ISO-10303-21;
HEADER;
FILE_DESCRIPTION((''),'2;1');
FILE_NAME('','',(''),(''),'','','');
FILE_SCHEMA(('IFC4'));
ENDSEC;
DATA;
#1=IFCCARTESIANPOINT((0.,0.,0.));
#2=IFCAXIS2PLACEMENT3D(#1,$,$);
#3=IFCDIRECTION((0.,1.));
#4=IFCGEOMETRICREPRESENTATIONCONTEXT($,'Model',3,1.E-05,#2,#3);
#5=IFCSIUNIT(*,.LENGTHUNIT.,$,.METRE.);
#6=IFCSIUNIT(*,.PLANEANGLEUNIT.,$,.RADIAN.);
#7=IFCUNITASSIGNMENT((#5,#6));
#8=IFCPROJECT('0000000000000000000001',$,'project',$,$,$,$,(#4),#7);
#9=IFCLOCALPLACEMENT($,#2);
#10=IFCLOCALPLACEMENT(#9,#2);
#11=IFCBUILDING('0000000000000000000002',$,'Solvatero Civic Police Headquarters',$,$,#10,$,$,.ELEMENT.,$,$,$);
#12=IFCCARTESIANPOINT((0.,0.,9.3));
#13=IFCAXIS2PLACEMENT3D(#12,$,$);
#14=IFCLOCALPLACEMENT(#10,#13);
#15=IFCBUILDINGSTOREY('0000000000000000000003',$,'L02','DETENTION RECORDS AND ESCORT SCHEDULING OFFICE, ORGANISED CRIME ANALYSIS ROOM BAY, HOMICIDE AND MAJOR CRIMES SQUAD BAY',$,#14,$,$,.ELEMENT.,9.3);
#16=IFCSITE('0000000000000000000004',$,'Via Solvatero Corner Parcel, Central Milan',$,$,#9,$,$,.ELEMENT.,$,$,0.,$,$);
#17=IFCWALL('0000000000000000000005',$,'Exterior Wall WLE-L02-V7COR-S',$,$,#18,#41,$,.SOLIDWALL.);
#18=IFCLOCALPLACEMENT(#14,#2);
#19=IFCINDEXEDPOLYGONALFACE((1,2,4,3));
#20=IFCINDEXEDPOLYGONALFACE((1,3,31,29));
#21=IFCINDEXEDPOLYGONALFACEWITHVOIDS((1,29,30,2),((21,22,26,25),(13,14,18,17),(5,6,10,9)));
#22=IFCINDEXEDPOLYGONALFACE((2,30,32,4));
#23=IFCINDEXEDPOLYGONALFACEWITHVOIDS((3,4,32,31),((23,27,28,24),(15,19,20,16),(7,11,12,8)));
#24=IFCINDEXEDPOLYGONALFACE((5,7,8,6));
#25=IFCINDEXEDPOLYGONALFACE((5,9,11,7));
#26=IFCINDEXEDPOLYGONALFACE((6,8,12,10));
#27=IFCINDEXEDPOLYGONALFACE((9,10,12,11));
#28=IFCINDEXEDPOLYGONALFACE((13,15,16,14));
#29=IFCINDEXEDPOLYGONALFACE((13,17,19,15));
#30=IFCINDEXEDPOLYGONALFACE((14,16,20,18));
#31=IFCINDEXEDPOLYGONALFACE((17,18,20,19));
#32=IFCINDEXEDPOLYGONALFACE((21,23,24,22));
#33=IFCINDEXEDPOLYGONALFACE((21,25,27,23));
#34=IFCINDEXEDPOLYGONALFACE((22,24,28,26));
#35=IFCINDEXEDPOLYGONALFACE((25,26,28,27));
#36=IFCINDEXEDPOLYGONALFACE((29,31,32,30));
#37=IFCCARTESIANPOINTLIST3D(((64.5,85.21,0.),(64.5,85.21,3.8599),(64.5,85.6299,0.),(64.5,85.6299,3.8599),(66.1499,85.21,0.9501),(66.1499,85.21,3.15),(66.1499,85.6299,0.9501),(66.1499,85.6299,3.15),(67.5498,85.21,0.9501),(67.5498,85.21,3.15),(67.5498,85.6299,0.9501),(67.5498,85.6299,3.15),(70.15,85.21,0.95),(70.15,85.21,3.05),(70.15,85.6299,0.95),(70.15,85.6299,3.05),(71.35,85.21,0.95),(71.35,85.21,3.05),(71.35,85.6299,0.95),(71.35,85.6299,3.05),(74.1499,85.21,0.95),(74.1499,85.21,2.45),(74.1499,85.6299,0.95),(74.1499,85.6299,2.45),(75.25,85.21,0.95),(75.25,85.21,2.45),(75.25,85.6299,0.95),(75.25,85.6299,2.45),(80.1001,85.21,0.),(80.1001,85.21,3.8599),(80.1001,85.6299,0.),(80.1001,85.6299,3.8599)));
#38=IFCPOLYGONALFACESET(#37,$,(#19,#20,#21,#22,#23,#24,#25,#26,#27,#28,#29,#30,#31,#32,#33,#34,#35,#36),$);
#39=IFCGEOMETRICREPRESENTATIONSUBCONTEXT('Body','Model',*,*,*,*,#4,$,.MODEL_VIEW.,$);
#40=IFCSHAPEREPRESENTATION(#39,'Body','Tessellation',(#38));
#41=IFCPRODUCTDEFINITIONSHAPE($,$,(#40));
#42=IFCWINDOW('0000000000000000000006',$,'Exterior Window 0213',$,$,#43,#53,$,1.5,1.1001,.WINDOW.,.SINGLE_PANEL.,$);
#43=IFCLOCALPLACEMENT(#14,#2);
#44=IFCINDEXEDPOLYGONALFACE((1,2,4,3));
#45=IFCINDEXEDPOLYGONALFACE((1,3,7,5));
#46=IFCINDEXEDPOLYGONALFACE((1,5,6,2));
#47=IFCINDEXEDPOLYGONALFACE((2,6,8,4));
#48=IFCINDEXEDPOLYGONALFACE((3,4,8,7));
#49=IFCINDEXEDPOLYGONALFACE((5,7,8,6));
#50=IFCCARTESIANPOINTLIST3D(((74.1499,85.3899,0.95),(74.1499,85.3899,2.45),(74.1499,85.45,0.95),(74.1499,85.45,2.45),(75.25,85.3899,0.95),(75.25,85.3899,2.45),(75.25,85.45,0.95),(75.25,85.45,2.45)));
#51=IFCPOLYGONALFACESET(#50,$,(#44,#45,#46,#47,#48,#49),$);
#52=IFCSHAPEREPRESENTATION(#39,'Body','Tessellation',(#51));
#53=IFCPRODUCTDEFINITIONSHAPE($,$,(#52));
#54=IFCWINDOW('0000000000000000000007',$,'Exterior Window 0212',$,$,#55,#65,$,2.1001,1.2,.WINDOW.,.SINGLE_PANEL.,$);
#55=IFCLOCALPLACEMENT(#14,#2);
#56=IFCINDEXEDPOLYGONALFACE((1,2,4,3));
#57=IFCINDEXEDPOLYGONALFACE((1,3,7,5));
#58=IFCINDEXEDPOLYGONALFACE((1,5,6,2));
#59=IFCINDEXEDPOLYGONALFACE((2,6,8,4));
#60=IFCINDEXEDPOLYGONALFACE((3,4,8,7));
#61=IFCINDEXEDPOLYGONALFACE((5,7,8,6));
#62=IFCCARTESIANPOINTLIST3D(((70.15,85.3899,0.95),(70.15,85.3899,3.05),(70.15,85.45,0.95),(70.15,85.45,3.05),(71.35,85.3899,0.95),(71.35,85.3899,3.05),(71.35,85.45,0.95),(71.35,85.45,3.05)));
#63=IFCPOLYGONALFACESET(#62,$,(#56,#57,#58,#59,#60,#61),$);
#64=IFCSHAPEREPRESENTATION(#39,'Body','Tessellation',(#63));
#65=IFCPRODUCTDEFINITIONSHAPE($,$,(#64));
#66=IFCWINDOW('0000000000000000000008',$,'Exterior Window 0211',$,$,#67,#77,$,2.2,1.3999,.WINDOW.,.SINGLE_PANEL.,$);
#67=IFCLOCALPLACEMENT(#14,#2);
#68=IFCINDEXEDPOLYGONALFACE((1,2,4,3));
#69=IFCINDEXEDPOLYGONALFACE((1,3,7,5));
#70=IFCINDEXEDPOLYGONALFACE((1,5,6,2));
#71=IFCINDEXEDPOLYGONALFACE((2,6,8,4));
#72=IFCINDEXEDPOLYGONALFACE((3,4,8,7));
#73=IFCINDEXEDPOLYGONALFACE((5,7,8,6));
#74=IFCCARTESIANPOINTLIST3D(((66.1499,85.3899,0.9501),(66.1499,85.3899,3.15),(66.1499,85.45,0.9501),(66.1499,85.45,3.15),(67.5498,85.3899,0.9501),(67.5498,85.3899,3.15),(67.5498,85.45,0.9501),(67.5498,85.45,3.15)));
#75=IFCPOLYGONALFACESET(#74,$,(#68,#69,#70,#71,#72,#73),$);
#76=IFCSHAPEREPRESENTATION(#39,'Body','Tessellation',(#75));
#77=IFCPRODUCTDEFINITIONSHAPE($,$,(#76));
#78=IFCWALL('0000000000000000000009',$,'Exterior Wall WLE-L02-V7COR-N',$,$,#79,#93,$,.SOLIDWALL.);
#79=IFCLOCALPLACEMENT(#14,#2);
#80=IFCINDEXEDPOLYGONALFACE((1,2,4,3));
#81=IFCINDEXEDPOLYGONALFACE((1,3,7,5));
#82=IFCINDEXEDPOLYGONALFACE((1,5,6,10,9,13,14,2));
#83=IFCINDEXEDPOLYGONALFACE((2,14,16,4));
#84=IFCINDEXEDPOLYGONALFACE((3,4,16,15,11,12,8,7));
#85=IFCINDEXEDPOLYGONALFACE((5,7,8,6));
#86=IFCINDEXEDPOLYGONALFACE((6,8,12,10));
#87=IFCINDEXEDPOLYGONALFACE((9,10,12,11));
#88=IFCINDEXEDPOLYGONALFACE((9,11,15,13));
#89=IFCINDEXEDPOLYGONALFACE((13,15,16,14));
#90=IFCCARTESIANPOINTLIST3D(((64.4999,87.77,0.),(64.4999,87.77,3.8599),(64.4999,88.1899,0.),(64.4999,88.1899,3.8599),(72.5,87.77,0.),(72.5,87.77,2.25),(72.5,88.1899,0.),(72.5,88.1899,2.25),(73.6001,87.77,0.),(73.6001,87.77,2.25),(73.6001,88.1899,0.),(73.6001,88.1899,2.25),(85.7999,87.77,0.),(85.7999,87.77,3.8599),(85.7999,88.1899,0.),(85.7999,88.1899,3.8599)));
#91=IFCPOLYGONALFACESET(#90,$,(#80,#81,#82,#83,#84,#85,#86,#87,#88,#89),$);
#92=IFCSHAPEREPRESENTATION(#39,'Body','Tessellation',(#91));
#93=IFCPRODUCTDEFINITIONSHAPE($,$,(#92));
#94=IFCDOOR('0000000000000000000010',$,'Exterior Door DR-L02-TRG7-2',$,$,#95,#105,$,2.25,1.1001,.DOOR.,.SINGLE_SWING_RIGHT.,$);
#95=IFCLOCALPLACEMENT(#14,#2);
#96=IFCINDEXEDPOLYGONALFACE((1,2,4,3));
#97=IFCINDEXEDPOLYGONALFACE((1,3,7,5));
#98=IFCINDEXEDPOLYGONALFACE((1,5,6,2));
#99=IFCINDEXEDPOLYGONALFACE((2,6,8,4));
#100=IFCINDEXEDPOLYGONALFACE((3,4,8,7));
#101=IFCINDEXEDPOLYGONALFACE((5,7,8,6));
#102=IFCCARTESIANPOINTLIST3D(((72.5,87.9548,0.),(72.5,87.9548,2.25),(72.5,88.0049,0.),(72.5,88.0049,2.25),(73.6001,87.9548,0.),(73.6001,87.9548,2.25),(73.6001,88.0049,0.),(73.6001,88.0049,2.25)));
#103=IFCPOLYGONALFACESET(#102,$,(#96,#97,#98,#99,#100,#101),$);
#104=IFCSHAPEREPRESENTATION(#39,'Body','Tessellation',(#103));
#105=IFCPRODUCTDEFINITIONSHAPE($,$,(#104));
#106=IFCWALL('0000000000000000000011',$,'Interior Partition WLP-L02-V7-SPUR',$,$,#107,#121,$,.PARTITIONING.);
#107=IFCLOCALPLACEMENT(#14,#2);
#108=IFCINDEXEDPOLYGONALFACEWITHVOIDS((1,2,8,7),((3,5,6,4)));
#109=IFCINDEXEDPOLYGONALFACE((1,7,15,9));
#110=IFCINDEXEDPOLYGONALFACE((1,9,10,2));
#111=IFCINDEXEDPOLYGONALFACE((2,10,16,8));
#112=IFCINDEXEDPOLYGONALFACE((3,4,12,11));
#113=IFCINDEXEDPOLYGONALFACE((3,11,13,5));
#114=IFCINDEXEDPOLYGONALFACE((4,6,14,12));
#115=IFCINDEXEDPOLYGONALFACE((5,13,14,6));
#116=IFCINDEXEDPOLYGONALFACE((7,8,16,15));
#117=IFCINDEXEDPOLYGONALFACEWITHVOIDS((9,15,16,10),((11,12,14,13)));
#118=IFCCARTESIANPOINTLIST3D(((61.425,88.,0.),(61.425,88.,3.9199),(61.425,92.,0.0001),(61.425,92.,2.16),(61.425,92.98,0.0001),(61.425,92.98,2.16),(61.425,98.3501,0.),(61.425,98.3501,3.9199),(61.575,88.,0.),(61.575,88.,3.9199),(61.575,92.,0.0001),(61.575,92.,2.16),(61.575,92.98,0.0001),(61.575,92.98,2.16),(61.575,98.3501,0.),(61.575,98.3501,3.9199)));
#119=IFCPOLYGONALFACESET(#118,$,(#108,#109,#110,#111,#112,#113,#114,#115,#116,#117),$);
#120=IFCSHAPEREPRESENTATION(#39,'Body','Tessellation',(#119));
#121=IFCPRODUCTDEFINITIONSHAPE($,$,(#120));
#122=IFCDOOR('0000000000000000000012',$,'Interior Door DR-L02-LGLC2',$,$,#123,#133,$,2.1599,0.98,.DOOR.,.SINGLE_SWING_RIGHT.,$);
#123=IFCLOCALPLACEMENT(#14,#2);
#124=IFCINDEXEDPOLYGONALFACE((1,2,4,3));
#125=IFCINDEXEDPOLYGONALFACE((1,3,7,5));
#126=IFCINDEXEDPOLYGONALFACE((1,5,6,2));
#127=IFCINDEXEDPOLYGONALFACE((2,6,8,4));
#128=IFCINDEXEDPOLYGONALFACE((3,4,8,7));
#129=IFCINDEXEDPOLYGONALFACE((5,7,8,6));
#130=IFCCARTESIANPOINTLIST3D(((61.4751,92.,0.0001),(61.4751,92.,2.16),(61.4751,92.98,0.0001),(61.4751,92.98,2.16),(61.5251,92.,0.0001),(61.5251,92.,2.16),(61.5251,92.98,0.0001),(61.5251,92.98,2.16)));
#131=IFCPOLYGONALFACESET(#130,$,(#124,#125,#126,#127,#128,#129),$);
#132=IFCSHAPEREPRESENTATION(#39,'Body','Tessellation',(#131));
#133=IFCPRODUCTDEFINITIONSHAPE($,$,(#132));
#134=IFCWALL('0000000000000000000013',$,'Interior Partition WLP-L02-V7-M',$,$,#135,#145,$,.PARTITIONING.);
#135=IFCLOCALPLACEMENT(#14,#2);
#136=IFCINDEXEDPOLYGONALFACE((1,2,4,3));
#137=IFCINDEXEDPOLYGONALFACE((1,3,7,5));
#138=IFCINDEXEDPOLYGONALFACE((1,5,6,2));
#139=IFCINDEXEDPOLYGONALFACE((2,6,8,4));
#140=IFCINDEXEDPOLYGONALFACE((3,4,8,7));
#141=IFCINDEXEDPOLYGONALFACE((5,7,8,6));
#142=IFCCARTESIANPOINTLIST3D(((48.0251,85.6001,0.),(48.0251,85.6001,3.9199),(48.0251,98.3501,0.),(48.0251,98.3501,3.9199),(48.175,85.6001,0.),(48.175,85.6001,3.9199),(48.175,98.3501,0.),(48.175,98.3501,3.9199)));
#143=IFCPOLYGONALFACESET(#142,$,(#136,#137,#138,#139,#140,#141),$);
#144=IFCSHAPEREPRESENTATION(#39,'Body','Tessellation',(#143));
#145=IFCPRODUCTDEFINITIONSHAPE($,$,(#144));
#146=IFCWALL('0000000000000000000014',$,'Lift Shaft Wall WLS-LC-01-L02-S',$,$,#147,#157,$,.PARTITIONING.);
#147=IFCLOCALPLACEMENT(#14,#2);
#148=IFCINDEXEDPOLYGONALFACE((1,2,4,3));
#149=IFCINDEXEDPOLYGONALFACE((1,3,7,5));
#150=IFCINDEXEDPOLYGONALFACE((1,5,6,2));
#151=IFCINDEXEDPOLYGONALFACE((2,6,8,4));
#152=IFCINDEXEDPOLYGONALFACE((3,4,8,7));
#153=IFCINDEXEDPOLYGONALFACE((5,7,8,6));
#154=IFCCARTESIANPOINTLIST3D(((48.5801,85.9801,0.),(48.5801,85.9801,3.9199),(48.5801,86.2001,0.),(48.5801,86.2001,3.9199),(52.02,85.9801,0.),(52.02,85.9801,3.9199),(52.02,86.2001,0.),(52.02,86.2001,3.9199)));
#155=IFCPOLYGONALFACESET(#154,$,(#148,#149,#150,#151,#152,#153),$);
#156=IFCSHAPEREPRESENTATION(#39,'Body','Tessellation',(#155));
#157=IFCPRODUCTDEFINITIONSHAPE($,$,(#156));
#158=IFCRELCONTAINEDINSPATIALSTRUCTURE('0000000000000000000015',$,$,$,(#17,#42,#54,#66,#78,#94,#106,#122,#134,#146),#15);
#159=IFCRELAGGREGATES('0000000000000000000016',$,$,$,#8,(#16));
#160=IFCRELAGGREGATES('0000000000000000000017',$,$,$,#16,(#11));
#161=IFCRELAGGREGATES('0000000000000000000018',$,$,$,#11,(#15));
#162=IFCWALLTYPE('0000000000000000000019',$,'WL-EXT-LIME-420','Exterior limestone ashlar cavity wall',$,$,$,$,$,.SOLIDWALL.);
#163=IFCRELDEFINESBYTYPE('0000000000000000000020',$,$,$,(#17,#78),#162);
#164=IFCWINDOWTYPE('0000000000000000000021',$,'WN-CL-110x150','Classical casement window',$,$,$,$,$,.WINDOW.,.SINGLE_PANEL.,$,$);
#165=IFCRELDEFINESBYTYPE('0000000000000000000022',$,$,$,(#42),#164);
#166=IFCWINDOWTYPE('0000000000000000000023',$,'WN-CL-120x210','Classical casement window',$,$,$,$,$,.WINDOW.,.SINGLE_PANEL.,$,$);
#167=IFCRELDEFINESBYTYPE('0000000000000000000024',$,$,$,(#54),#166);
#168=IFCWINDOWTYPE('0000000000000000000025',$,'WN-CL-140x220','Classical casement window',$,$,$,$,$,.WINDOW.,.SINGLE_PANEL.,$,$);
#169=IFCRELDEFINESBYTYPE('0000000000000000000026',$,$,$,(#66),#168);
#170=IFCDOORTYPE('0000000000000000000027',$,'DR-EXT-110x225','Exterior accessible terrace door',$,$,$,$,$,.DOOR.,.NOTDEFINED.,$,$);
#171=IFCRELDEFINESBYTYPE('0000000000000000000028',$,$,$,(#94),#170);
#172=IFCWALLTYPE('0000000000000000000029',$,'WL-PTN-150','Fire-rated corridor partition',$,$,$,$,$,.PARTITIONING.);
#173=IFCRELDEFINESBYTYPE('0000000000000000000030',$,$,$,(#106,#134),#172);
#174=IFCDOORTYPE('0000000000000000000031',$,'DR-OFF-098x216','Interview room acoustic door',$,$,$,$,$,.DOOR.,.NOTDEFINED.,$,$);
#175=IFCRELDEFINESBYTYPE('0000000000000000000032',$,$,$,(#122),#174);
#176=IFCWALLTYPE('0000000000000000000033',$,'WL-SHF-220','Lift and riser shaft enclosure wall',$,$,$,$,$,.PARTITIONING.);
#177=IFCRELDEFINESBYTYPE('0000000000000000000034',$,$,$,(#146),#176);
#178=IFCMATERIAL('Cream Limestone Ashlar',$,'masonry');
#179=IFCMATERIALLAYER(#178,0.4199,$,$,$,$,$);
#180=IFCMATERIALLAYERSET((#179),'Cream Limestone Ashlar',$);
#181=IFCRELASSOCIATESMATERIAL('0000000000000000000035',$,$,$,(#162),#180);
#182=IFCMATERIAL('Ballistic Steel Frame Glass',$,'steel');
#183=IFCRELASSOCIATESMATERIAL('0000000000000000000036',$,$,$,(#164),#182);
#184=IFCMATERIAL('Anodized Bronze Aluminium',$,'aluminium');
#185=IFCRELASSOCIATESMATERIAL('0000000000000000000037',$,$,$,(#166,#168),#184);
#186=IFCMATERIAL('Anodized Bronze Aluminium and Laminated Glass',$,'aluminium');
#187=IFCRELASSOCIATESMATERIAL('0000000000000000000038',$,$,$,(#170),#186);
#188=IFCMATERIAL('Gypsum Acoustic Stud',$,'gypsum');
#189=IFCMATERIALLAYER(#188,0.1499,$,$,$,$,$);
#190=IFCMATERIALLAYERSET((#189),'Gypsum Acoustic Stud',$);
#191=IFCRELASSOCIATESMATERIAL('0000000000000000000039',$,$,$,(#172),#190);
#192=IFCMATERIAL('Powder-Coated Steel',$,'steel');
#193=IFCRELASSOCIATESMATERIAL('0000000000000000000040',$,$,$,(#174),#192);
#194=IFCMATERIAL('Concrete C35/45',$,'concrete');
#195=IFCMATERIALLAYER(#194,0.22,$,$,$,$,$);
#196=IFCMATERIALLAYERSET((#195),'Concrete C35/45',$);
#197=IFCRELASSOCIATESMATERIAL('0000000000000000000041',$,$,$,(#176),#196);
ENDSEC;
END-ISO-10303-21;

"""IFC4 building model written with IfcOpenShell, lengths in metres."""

from ifc_helpers import new_model, si_unit, direction, frame, frame_2d, origin, place, context, subcontext, project, spatial, rectangle, extrude, material, layer, layer_set, type_object, element, fill, save


model = new_model("IFC4")

# Units and contexts
model_context = context("Model", 3, precision=1e-05, world=origin(), true_north=direction((0.0, 1.0)))
body_context = subcontext(model_context, "Body", "Model", "MODEL_VIEW")
ifc_project = project(units=[si_unit("LENGTHUNIT", "METRE"), si_unit("PLANEANGLEUNIT", "RADIAN")], contexts=[model_context])

# Site, building, storey
site_placement = place(None, origin())
site = spatial("IfcSite", under=ifc_project, at=site_placement, Name="Via Solvatero Corner Parcel, Central Milan", CompositionType="ELEMENT", RefElevation=0.0)
building_placement = place(site_placement, origin())
building = spatial("IfcBuilding", under=site, at=building_placement, Name="Solvatero Civic Police Headquarters", CompositionType="ELEMENT")
storey_placement = place(building_placement, frame((0.0, 0.0, 9.3)))
storey = spatial("IfcBuildingStorey", under=building, at=storey_placement, Name="L02", Description="DETENTION RECORDS AND ESCORT SCHEDULING OFFICE, ORGANISED CRIME ANALYSIS ROOM BAY, HOMICIDE AND MAJOR CRIMES SQUAD BAY", CompositionType="ELEMENT", Elevation=9.3)

# Shared definitions
ifc_material_1 = material(Name="Concrete C35/45", Category="concrete")

# Wall, openings, windows
ifc_material_2 = material(Name="Cream Limestone Ashlar", Category="masonry")
ifc_layer_1 = layer(ifc_material_2, 0.4199)
ifc_layer_set_1 = layer_set([ifc_layer_1], Name="Cream Limestone Ashlar")
wall_type_1 = type_object("IfcWallType", Name="WL-EXT-LIME-420", Description="Exterior limestone ashlar cavity wall", PredefinedType="SOLIDWALL", material=ifc_layer_set_1)
wall_1_placement = place(storey_placement, frame((64.5, 85.4199, 0.0), z_axis=(0.0, 0.0, 1.0), x_axis=(1.0, 0.0, 0.0)))
wall_1 = element("IfcWall", 1, at=wall_1_placement, inside=storey, type_object=wall_type_1, Name="Exterior Wall WLE-L02-V7COR-S", PredefinedType="SOLIDWALL", context=body_context, shape_type="SweptSolid", body=[
    extrude(rectangle(XDim=15.6001, YDim=0.4199, at=frame_2d((7.8, 0.0))), origin(), (0.0, 0.0, 1.0), 3.8599),
])
opening_1_placement = place(wall_1_placement, frame((1.6499, 0.0, 0.95)))
opening_1 = element("IfcOpeningElement", 2, at=opening_1_placement, cuts=wall_1, PredefinedType="OPENING", context=body_context, shape_type="SweptSolid", body=[
    extrude(rectangle(XDim=1.3999, YDim=2.2, at=frame_2d((0.7, 1.1001))), frame((0.0, 0.22, 0.0), z_axis=(0.0, -1.0, 0.0), x_axis=(1.0, 0.0, 0.0)), (0.0, 0.0, 1.0), 0.4399),
])
opening_2_placement = place(wall_1_placement, frame((5.6499, 0.0, 0.95)))
opening_2 = element("IfcOpeningElement", 3, at=opening_2_placement, cuts=wall_1, PredefinedType="OPENING", context=body_context, shape_type="SweptSolid", body=[
    extrude(rectangle(XDim=1.2, YDim=2.1001, at=frame_2d((0.6001, 1.05))), frame((0.0, 0.22, 0.0), z_axis=(0.0, -1.0, 0.0), x_axis=(1.0, 0.0, 0.0)), (0.0, 0.0, 1.0), 0.4399),
])
opening_3_placement = place(wall_1_placement, frame((9.6499, 0.0, 0.95)))
opening_3 = element("IfcOpeningElement", 4, at=opening_3_placement, cuts=wall_1, PredefinedType="OPENING", context=body_context, shape_type="SweptSolid", body=[
    extrude(rectangle(XDim=1.1001, YDim=1.5, at=frame_2d((0.55, 0.75))), frame((0.0, 0.22, 0.0), z_axis=(0.0, -1.0, 0.0), x_axis=(1.0, 0.0, 0.0)), (0.0, 0.0, 1.0), 0.4399),
])
ifc_material_3 = material(Name="Ballistic Steel Frame Glass", Category="steel")
window_type_1 = type_object("IfcWindowType", Name="WN-CL-110x150", Description="Classical casement window", PartitioningType="SINGLE_PANEL", PredefinedType="WINDOW", material=ifc_material_3)
window_1_placement = place(opening_3_placement, origin())
window_1 = element("IfcWindow", 5, at=window_1_placement, inside=storey, type_object=window_type_1, Name="Exterior Window 0213", OverallHeight=1.5, OverallWidth=1.1001, PartitioningType="SINGLE_PANEL", PredefinedType="WINDOW", context=body_context, shape_type="SweptSolid", body=[
    extrude(rectangle(XDim=1.1001, YDim=1.5, at=frame_2d((0.55, 0.75))), frame((0.0, 0.03, 0.0), z_axis=(0.0, -1.0, 0.0), x_axis=(1.0, 0.0, 0.0)), (0.0, 0.0, 1.0), 0.0601),
])
fill(opening_3, window_1)
ifc_material_4 = material(Name="Anodized Bronze Aluminium", Category="aluminium")
window_type_2 = type_object("IfcWindowType", Name="WN-CL-120x210", Description="Classical casement window", PartitioningType="SINGLE_PANEL", PredefinedType="WINDOW", material=ifc_material_4)
window_2_placement = place(opening_2_placement, origin())
window_2 = element("IfcWindow", 6, at=window_2_placement, inside=storey, type_object=window_type_2, Name="Exterior Window 0212", OverallHeight=2.1001, OverallWidth=1.2, PartitioningType="SINGLE_PANEL", PredefinedType="WINDOW", context=body_context, shape_type="SweptSolid", body=[
    extrude(rectangle(XDim=1.2, YDim=2.1001, at=frame_2d((0.6001, 1.05))), frame((0.0, 0.03, 0.0), z_axis=(0.0, -1.0, 0.0), x_axis=(1.0, 0.0, 0.0)), (0.0, 0.0, 1.0), 0.0601),
])
fill(opening_2, window_2)
window_type_3 = type_object("IfcWindowType", Name="WN-CL-140x220", Description="Classical casement window", PartitioningType="SINGLE_PANEL", PredefinedType="WINDOW", material=ifc_material_4)
window_3_placement = place(opening_1_placement, origin())
window_3 = element("IfcWindow", 7, at=window_3_placement, inside=storey, type_object=window_type_3, Name="Exterior Window 0211", OverallHeight=2.2, OverallWidth=1.3999, PartitioningType="SINGLE_PANEL", PredefinedType="WINDOW", context=body_context, shape_type="SweptSolid", body=[
    extrude(rectangle(XDim=1.3999, YDim=2.2, at=frame_2d((0.7, 1.1001))), frame((0.0, 0.03, 0.0), z_axis=(0.0, -1.0, 0.0), x_axis=(1.0, 0.0, 0.0)), (0.0, 0.0, 1.0), 0.0601),
])
fill(opening_1, window_3)

# Walls, openings, doors
wall_2_placement = place(storey_placement, frame((64.5, 87.98, 0.0), z_axis=(0.0, 0.0, 1.0), x_axis=(1.0, 0.0, 0.0)))
wall_2 = element("IfcWall", 8, at=wall_2_placement, inside=storey, type_object=wall_type_1, Name="Exterior Wall WLE-L02-V7COR-N", PredefinedType="SOLIDWALL", context=body_context, shape_type="SweptSolid", body=[
    extrude(rectangle(XDim=21.3, YDim=0.4199, at=frame_2d((10.6499, 0.0))), origin(), (0.0, 0.0, 1.0), 3.8599),
])
opening_4_placement = place(wall_2_placement, frame((8.0, 0.0, 0.0)))
opening_4 = element("IfcOpeningElement", 9, at=opening_4_placement, cuts=wall_2, PredefinedType="OPENING", context=body_context, shape_type="SweptSolid", body=[
    extrude(rectangle(XDim=1.1001, YDim=2.25, at=frame_2d((0.55, 1.125))), frame((0.0, 0.22, 0.0), z_axis=(0.0, -1.0, 0.0), x_axis=(1.0, 0.0, 0.0)), (0.0, 0.0, 1.0), 0.4399),
])
ifc_material_5 = material(Name="Anodized Bronze Aluminium and Laminated Glass", Category="aluminium")
door_type_1 = type_object("IfcDoorType", Name="DR-EXT-110x225", Description="Exterior accessible terrace door", OperationType="NOTDEFINED", PredefinedType="DOOR", material=ifc_material_5)
door_1_placement = place(opening_4_placement, origin())
door_1 = element("IfcDoor", 10, at=door_1_placement, inside=storey, type_object=door_type_1, Name="Exterior Door DR-L02-TRG7-2", OperationType="SINGLE_SWING_RIGHT", OverallHeight=2.25, OverallWidth=1.1001, PredefinedType="DOOR", context=body_context, shape_type="SweptSolid", body=[
    extrude(rectangle(XDim=1.1001, YDim=2.25, at=frame_2d((0.55, 1.125))), frame((0.0, 0.0249, 0.0), z_axis=(0.0, -1.0, 0.0), x_axis=(1.0, 0.0, 0.0)), (0.0, 0.0, 1.0), 0.05),
])
fill(opening_4, door_1)
ifc_material_6 = material(Name="Gypsum Acoustic Stud", Category="gypsum")
ifc_layer_2 = layer(ifc_material_6, 0.1499)
ifc_layer_set_2 = layer_set([ifc_layer_2], Name="Gypsum Acoustic Stud")
wall_type_2 = type_object("IfcWallType", Name="WL-PTN-150", Description="Fire-rated corridor partition", PredefinedType="PARTITIONING", material=ifc_layer_set_2)
wall_3_placement = place(storey_placement, frame((61.5, 88.0, 0.0), z_axis=(0.0, 0.0, 1.0), x_axis=(0.0, 1.0, 0.0)))
wall_3 = element("IfcWall", 11, at=wall_3_placement, inside=storey, type_object=wall_type_2, Name="Interior Partition WLP-L02-V7-SPUR", PredefinedType="PARTITIONING", context=body_context, shape_type="SweptSolid", body=[
    extrude(rectangle(XDim=10.3501, YDim=0.1499, at=frame_2d((5.175, 0.0))), origin(), (0.0, 0.0, 1.0), 3.9199),
])
opening_5_placement = place(wall_3_placement, frame((4.0, 0.0, 0.0)))
opening_5 = element("IfcOpeningElement", 12, at=opening_5_placement, cuts=wall_3, PredefinedType="OPENING", context=body_context, shape_type="SweptSolid", body=[
    extrude(rectangle(XDim=0.98, YDim=2.1599, at=frame_2d((0.49, 1.0801))), frame((0.0, 0.085, 0.0), z_axis=(0.0, -1.0, 0.0), x_axis=(1.0, 0.0, 0.0)), (0.0, 0.0, 1.0), 0.1699),
])
ifc_material_7 = material(Name="Powder-Coated Steel", Category="steel")
door_type_2 = type_object("IfcDoorType", Name="DR-OFF-098x216", Description="Interview room acoustic door", OperationType="NOTDEFINED", PredefinedType="DOOR", material=ifc_material_7)
door_2_placement = place(opening_5_placement, origin())
door_2 = element("IfcDoor", 13, at=door_2_placement, inside=storey, type_object=door_type_2, Name="Interior Door DR-L02-LGLC2", OperationType="SINGLE_SWING_RIGHT", OverallHeight=2.1599, OverallWidth=0.98, PredefinedType="DOOR", context=body_context, shape_type="SweptSolid", body=[
    extrude(rectangle(XDim=0.98, YDim=2.1599, at=frame_2d((0.49, 1.0801))), frame((0.0, 0.0249, 0.0), z_axis=(0.0, -1.0, 0.0), x_axis=(1.0, 0.0, 0.0)), (0.0, 0.0, 1.0), 0.05),
])
fill(opening_5, door_2)

# Walls
wall_4_placement = place(storey_placement, frame((48.1001, 85.6001, 0.0), z_axis=(0.0, 0.0, 1.0), x_axis=(0.0, 1.0, 0.0)))
element("IfcWall", 14, at=wall_4_placement, inside=storey, type_object=wall_type_2, Name="Interior Partition WLP-L02-V7-M", PredefinedType="PARTITIONING", context=body_context, shape_type="SweptSolid", body=[
    extrude(rectangle(XDim=12.75, YDim=0.1499, at=frame_2d((6.375, 0.0))), origin(), (0.0, 0.0, 1.0), 3.9199),
])
ifc_layer_3 = layer(ifc_material_1, 0.22)
ifc_layer_set_3 = layer_set([ifc_layer_3], Name="Concrete C35/45")
wall_type_3 = type_object("IfcWallType", Name="WL-SHF-220", Description="Lift and riser shaft enclosure wall", PredefinedType="PARTITIONING", material=ifc_layer_set_3)
wall_5_placement = place(storey_placement, frame((48.5801, 86.0901, 0.0), z_axis=(0.0, 0.0, 1.0), x_axis=(1.0, 0.0, 0.0)))
element("IfcWall", 15, at=wall_5_placement, inside=storey, type_object=wall_type_3, Name="Lift Shaft Wall WLS-LC-01-L02-S", PredefinedType="PARTITIONING", context=body_context, shape_type="SweptSolid", body=[
    extrude(rectangle(XDim=3.4399, YDim=0.22, at=frame_2d((1.72, 0.0))), origin(), (0.0, 0.0, 1.0), 3.9199),
])

save(model, "model.ifc")
